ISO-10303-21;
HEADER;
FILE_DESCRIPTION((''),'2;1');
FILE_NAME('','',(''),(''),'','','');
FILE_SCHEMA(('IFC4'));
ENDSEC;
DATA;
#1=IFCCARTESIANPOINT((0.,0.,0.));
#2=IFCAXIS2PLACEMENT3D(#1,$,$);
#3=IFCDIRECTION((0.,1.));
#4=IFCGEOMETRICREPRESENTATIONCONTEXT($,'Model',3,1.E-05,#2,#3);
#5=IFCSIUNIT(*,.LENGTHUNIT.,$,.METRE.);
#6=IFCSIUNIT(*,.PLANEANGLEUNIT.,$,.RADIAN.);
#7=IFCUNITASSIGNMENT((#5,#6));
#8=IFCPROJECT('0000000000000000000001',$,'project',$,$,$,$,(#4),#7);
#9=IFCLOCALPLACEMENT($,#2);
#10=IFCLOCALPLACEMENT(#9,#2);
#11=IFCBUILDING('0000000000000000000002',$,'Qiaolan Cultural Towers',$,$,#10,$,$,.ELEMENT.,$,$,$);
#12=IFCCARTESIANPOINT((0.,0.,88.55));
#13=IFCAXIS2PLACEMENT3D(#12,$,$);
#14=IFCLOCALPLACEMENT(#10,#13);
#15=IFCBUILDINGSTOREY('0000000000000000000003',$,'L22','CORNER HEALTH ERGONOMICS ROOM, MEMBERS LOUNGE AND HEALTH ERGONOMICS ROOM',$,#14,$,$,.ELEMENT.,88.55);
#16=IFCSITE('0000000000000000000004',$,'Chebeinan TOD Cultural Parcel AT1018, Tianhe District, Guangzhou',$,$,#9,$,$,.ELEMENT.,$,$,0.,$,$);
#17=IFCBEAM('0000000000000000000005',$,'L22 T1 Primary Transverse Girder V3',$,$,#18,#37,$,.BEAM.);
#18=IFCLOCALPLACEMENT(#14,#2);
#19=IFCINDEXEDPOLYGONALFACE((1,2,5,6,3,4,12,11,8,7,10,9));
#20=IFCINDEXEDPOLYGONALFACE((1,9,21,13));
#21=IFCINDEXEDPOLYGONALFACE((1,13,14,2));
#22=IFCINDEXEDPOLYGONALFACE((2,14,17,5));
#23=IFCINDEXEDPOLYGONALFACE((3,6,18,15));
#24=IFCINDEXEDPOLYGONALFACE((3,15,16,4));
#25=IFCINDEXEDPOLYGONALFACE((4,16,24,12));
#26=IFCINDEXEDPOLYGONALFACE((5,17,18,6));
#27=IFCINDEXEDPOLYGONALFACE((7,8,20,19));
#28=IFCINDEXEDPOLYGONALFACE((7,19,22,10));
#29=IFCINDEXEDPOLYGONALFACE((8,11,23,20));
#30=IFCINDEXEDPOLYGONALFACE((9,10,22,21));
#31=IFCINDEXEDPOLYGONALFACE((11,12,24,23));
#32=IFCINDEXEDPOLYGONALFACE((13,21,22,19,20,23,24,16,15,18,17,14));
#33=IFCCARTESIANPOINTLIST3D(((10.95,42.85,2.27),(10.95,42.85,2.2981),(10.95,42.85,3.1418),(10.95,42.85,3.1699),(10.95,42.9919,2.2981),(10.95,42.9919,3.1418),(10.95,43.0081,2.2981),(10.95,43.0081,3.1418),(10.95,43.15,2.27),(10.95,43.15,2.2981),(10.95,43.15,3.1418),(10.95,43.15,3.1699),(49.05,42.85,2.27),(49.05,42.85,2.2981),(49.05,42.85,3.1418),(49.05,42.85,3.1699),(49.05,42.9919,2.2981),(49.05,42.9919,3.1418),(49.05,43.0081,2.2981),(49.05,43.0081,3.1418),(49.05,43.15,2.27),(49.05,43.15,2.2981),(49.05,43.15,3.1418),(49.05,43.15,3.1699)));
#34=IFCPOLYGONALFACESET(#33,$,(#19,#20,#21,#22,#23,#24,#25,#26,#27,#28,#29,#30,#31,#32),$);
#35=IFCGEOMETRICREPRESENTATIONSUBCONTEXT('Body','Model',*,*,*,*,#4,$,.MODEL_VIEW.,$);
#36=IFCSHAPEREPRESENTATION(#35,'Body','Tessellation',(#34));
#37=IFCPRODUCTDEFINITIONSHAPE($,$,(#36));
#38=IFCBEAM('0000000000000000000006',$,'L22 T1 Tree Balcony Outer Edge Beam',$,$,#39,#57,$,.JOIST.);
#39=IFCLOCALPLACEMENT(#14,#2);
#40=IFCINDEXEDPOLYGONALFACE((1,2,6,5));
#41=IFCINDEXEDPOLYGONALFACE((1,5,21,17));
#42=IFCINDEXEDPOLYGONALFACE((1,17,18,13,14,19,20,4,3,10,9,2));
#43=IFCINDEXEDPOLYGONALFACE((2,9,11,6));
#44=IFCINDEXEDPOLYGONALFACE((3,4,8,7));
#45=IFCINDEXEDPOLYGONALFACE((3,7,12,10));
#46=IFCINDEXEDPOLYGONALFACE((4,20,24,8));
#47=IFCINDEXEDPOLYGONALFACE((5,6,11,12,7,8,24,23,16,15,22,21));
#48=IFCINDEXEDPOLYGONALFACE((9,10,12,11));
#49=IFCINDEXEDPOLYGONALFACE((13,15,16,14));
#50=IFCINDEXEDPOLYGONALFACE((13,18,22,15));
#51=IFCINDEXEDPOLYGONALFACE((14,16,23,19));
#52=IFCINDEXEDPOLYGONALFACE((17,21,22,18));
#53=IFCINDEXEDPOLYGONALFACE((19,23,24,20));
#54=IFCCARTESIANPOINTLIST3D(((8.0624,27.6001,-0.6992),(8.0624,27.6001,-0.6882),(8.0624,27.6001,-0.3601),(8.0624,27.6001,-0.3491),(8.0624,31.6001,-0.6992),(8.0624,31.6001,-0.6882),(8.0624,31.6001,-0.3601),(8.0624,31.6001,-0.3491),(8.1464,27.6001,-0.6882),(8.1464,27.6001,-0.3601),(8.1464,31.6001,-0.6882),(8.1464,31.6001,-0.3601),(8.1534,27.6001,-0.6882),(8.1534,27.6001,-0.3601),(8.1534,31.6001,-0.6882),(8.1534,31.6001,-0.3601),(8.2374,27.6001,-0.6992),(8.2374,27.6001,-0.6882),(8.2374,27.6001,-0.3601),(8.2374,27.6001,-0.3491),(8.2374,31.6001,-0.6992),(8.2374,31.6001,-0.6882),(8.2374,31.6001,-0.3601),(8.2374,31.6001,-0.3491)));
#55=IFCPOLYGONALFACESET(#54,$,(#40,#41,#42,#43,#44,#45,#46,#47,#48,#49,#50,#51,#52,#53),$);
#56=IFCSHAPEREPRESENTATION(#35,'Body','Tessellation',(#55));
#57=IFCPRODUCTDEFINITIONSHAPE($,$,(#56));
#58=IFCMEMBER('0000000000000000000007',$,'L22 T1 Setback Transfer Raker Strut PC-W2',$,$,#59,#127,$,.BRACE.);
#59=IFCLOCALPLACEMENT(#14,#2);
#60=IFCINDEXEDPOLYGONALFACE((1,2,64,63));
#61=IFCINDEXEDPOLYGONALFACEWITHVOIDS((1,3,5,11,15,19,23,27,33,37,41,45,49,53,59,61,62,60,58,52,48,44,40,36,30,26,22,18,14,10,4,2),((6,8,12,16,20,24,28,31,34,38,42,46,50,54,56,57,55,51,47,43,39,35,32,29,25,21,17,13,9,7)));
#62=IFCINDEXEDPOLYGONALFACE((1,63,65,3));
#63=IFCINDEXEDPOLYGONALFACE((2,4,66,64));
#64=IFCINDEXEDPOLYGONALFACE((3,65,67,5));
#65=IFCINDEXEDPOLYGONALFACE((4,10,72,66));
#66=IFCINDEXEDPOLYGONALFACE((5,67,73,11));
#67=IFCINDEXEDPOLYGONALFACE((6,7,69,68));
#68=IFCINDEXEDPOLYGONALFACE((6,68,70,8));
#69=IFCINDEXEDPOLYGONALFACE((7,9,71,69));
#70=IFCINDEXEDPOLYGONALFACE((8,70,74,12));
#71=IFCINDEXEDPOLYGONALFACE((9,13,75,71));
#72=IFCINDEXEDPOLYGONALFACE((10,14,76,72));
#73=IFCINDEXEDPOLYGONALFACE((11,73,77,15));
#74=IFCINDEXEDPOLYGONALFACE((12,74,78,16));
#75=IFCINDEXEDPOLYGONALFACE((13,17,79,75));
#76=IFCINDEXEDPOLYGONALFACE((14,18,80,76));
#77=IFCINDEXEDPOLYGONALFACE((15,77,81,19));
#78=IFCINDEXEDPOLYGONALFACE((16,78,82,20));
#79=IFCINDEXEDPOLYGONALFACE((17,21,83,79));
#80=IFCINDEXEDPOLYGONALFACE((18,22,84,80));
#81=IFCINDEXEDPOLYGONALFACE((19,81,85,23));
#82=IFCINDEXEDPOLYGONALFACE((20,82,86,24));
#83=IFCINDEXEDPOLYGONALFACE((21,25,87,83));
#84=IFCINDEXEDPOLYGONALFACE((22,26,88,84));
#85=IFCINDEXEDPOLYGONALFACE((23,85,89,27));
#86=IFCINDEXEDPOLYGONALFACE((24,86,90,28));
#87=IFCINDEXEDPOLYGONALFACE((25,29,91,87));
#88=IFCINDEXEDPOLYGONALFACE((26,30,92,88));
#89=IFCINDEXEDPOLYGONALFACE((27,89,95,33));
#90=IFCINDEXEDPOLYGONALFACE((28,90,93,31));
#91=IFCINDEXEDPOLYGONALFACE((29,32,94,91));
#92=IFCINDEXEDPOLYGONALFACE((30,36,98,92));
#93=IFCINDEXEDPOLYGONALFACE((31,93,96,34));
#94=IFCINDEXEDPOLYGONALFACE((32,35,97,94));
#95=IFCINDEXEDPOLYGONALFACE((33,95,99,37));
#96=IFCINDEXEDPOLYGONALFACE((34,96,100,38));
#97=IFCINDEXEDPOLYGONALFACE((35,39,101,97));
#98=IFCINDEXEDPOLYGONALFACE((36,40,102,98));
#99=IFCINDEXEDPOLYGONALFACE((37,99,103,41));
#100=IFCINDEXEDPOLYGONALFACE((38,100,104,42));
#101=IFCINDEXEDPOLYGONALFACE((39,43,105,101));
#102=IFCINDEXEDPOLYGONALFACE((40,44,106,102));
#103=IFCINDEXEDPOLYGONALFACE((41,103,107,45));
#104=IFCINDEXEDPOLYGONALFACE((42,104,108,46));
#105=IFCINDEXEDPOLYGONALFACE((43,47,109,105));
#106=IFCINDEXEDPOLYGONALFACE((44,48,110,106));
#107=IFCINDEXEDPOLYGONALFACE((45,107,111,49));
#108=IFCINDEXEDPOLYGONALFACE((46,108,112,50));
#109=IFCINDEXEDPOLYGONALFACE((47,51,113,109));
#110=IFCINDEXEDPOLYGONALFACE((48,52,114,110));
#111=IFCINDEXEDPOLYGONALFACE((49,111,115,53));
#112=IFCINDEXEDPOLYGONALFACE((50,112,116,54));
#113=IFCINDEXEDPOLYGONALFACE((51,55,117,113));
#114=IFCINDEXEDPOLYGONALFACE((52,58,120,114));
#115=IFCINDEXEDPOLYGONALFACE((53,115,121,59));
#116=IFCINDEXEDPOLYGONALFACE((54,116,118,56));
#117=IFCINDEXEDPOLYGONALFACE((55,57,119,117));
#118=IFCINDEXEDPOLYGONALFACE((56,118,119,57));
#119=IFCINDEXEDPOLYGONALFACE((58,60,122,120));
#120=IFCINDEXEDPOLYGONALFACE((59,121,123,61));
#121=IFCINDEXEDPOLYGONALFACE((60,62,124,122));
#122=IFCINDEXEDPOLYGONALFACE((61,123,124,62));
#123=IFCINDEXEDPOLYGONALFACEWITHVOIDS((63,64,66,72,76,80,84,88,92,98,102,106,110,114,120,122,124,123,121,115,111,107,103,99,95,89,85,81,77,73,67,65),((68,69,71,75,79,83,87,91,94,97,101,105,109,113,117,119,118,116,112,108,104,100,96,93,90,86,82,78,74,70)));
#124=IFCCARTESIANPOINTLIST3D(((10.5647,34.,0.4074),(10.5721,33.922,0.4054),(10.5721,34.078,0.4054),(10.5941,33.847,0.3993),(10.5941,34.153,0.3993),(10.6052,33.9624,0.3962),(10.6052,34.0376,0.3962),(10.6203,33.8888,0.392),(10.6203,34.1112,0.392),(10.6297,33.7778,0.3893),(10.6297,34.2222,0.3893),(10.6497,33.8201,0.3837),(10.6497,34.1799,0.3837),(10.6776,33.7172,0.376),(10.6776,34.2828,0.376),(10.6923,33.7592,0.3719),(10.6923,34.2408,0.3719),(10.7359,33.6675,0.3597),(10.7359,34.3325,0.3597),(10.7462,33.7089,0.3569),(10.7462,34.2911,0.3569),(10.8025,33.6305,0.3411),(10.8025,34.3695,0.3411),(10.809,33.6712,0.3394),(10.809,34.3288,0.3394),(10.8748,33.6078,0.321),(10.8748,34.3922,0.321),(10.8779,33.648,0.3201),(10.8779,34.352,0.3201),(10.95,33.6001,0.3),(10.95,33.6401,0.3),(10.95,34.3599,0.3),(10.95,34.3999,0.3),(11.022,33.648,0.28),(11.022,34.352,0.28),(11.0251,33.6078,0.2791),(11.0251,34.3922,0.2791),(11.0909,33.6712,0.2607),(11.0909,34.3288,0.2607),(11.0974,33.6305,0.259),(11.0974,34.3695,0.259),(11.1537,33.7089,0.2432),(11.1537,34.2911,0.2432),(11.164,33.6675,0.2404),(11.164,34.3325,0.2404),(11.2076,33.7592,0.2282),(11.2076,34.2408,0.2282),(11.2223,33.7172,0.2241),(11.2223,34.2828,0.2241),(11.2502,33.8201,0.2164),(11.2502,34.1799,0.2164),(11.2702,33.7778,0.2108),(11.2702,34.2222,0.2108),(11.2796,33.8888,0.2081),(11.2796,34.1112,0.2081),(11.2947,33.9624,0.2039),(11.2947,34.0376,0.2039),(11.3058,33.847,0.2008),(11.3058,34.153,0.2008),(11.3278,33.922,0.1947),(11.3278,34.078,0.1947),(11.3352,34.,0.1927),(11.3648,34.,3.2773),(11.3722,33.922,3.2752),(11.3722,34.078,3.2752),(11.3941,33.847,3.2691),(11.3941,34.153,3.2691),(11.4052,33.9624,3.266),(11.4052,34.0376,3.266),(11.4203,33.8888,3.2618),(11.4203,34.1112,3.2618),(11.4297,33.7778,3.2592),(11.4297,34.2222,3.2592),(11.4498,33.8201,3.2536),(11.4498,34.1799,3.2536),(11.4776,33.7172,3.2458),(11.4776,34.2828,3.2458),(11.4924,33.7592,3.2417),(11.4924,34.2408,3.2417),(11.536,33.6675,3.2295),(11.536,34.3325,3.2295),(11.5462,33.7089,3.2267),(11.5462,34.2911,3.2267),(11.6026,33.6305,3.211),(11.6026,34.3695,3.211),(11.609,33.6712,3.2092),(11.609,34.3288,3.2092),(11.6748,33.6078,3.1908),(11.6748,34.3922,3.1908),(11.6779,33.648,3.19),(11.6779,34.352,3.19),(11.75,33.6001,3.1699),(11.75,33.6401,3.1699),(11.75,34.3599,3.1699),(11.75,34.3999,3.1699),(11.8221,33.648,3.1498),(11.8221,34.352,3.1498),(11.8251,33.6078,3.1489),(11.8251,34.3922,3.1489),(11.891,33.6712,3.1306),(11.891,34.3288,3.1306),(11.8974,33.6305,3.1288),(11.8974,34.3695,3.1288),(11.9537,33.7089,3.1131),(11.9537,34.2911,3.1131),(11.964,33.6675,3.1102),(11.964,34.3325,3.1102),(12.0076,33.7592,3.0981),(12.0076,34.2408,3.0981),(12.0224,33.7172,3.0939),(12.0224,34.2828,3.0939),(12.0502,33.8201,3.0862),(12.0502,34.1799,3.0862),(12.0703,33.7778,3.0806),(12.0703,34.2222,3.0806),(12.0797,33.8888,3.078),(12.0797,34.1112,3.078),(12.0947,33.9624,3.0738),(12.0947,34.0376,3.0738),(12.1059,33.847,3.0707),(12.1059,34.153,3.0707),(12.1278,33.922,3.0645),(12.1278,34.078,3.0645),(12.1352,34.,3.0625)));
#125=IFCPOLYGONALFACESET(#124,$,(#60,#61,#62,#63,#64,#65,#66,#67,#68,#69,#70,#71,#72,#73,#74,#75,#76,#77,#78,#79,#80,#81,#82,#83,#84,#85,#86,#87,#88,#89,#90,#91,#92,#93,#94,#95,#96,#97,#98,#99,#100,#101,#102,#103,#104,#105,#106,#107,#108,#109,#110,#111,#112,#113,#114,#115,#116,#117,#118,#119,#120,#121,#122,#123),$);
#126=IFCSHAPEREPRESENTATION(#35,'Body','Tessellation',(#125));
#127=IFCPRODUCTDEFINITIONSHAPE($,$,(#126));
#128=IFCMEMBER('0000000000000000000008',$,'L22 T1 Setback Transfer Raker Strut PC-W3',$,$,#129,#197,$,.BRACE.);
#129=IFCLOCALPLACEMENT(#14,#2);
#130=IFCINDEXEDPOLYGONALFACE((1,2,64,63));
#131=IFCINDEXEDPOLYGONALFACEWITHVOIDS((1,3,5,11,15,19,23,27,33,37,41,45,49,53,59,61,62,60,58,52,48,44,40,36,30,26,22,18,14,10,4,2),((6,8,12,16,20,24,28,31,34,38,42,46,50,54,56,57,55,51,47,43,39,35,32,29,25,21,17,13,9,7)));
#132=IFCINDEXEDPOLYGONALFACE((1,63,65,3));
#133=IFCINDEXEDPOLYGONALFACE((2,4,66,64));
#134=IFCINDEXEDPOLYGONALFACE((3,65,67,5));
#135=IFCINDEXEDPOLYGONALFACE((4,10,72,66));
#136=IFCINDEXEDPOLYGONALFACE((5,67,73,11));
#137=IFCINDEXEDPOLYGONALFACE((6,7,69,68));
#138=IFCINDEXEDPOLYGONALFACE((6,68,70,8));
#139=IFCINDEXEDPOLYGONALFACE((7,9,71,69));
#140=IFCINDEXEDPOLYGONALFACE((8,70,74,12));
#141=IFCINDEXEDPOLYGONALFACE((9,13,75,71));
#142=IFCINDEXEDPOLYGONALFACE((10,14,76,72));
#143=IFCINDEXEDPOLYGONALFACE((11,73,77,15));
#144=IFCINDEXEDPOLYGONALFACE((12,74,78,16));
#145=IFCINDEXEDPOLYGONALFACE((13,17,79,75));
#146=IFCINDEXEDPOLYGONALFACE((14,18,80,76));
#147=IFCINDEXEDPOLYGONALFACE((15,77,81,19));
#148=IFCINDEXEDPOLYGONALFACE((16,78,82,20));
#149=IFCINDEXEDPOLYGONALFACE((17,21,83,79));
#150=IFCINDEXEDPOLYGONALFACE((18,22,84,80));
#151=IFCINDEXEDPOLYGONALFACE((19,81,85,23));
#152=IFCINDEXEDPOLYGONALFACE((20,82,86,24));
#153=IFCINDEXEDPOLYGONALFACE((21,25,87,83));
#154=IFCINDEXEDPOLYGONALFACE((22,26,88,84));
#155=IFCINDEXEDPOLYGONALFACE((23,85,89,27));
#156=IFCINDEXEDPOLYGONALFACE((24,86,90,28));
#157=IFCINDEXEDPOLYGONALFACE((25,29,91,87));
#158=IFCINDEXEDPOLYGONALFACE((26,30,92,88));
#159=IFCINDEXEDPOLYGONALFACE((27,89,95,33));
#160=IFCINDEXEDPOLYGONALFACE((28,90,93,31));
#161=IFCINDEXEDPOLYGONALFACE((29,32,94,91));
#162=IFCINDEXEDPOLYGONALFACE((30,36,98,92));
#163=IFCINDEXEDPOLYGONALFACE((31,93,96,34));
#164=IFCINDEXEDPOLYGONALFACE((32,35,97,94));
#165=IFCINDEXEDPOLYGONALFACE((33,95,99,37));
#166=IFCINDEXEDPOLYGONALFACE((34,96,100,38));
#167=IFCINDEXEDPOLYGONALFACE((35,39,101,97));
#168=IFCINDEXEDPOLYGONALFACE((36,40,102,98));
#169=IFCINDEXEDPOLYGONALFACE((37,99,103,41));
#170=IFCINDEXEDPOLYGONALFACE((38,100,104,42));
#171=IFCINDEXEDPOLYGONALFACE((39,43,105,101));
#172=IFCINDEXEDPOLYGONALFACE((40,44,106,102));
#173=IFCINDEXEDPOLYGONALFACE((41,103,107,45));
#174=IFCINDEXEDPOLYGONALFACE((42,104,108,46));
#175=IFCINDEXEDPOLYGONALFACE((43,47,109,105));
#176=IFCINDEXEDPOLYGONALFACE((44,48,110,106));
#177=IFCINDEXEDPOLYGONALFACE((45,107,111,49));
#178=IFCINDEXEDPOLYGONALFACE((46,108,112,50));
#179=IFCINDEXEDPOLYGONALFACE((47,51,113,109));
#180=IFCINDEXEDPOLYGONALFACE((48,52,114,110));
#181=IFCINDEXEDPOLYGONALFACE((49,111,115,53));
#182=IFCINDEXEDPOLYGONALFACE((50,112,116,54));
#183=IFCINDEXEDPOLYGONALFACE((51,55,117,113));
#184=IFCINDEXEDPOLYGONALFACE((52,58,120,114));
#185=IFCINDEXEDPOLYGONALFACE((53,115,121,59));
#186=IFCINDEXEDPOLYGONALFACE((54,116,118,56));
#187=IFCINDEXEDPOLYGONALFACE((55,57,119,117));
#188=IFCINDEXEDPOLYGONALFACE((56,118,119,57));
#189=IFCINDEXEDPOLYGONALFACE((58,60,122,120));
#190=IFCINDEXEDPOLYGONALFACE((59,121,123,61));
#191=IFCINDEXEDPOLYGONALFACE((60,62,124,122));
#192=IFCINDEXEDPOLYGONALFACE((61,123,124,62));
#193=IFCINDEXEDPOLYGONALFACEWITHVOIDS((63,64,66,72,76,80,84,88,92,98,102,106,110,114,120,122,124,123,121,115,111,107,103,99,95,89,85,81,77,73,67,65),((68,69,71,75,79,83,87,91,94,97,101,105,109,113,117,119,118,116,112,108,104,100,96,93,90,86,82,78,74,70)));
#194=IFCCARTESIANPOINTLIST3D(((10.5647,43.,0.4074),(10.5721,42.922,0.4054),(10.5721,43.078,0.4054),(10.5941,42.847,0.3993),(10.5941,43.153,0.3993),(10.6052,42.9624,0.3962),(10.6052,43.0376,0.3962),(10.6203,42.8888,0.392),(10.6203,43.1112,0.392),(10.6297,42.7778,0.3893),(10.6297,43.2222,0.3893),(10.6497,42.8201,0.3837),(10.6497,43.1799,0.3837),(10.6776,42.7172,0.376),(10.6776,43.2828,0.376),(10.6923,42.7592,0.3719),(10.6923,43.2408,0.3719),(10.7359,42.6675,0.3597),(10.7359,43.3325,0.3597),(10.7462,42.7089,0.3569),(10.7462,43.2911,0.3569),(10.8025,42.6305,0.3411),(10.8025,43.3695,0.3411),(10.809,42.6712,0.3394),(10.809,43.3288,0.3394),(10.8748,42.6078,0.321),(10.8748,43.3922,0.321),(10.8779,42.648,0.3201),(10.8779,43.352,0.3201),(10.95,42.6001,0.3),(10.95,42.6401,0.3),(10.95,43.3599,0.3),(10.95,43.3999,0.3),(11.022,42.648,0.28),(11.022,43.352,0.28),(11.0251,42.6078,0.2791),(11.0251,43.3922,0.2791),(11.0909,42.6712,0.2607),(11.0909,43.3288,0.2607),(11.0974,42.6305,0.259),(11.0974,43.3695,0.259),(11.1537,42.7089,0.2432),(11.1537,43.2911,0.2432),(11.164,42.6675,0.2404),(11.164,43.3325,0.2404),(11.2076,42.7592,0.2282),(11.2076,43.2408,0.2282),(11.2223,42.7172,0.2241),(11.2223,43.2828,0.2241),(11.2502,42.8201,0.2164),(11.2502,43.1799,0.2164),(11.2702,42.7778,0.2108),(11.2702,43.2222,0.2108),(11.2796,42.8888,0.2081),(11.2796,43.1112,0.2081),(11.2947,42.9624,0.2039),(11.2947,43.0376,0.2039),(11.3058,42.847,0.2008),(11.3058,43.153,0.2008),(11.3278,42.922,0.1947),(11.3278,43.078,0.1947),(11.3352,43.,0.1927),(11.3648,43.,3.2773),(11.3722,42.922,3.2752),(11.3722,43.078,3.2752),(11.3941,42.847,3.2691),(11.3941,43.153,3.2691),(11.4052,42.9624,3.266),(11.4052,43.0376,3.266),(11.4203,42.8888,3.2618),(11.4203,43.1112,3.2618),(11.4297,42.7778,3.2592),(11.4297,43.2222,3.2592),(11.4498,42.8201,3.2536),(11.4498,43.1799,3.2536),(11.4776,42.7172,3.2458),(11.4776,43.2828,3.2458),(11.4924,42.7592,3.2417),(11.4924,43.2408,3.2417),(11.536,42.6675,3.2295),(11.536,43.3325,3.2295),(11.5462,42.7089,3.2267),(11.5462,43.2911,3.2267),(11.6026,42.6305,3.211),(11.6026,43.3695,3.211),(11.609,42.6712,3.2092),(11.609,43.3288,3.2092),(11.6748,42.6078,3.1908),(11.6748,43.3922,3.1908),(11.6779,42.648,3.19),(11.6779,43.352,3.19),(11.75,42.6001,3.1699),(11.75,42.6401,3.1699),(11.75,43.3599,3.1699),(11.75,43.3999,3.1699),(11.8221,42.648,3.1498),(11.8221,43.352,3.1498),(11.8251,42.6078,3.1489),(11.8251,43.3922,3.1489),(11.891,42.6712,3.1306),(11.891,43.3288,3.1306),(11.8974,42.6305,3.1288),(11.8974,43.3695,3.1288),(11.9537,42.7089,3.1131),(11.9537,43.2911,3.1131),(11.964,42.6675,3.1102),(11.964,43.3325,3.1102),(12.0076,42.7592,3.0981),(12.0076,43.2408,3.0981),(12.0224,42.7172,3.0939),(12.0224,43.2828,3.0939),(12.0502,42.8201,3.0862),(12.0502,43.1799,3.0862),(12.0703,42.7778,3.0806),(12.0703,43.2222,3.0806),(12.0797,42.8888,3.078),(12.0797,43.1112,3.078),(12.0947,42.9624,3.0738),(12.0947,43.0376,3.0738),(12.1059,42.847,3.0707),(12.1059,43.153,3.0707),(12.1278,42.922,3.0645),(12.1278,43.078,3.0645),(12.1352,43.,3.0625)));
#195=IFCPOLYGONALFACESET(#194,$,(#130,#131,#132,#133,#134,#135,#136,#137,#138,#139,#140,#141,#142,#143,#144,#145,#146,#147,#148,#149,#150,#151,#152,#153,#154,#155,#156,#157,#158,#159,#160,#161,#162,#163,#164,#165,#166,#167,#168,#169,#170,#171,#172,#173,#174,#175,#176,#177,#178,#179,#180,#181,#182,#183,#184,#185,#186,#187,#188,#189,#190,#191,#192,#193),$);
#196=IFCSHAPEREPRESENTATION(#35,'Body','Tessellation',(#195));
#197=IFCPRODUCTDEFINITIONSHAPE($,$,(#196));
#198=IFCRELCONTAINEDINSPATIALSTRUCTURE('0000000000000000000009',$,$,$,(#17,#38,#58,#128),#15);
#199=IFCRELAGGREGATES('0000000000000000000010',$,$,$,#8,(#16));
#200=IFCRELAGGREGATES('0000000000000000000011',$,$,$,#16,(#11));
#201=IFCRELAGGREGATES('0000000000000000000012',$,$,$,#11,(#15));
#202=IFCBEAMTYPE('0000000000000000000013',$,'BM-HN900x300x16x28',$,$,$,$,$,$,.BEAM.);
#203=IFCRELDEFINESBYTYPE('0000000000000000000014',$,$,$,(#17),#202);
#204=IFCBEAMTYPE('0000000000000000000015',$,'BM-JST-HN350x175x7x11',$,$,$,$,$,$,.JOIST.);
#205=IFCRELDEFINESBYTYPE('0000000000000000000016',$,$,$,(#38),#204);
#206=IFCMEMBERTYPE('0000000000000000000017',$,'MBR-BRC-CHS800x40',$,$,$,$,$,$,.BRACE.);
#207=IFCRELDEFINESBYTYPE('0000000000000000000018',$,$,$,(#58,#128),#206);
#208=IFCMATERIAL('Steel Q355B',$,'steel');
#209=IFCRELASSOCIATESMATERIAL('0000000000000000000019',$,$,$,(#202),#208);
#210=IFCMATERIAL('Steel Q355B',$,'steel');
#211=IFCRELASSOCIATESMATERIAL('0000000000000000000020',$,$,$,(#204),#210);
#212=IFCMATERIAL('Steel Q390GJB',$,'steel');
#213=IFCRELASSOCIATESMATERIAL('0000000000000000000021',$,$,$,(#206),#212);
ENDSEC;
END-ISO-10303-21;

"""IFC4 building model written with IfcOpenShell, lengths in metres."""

from ifc_helpers import new_model, si_unit, direction, frame, origin, origin_2d, place, context, subcontext, project, spatial, hollow_circle, i_section, extrude, material, material_profile, profile_set, type_object, element, save


model = new_model("IFC4")

# Units and contexts
model_context = context("Model", 3, precision=1e-05, world=origin(), true_north=direction((0.0, 1.0)))
body_context = subcontext(model_context, "Body", "Model", "MODEL_VIEW")
ifc_project = project(units=[si_unit("LENGTHUNIT", "METRE"), si_unit("PLANEANGLEUNIT", "RADIAN")], contexts=[model_context])

# Site, building, storey
site_placement = place(None, origin())
site = spatial("IfcSite", under=ifc_project, at=site_placement, Name="Chebeinan TOD Cultural Parcel AT1018, Tianhe District, Guangzhou", CompositionType="ELEMENT", RefElevation=0.0)
building_placement = place(site_placement, origin())
building = spatial("IfcBuilding", under=site, at=building_placement, Name="Qiaolan Cultural Towers", CompositionType="ELEMENT")
storey_placement = place(building_placement, frame((0.0, 0.0, 88.55)))
storey = spatial("IfcBuildingStorey", under=building, at=storey_placement, Name="L22", Description="CORNER HEALTH ERGONOMICS ROOM, MEMBERS LOUNGE AND HEALTH ERGONOMICS ROOM", CompositionType="ELEMENT", Elevation=88.55)

# Beams
ifc_material_1 = material(Name="Steel Q355B", Category="steel")
ifc_material_profile_1 = material_profile(ifc_material_1, i_section(OverallWidth=0.3, OverallDepth=0.8999, WebThickness=0.0161, FlangeThickness=0.0281, at=origin_2d()), Name="HN900x300x16x28")
ifc_profile_set_1 = profile_set([ifc_material_profile_1], Name="Steel Q355B")
beam_type_1 = type_object("IfcBeamType", Name="BM-HN900x300x16x28", PredefinedType="BEAM", material=ifc_profile_set_1)
for number, where, z_axis, x_axis, name in (
    (1, (10.95, 43.0, 2.72), (1.0, 0.0, 0.0), (0.0, 1.0, 0.0), "L22 T1 Primary Transverse Girder V3"),
):
    element("IfcBeam", number, at=place(storey_placement, frame(where, z_axis=z_axis, x_axis=x_axis)), inside=storey, type_object=beam_type_1, Name=name, PredefinedType="BEAM", context=body_context, shape_type="SweptSolid", body=[
        extrude(i_section(OverallWidth=0.3, OverallDepth=0.8999, WebThickness=0.0161, FlangeThickness=0.0281, at=origin_2d()), origin(), (0.0, 0.0, 1.0), 38.1001),
    ])
ifc_material_2 = material(Name="Steel Q355B", Category="steel")
ifc_material_profile_2 = material_profile(ifc_material_2, i_section(OverallWidth=0.175, OverallDepth=0.3501, WebThickness=0.0071, FlangeThickness=0.011, at=origin_2d()), Name="HN350x175x7x11")
ifc_profile_set_2 = profile_set([ifc_material_profile_2], Name="Steel Q355B")
beam_type_2 = type_object("IfcBeamType", Name="BM-JST-HN350x175x7x11", PredefinedType="JOIST", material=ifc_profile_set_2)
beam_1_placement = place(storey_placement, frame((8.1499, 27.6001, -0.5242), z_axis=(0.0, 1.0, 0.0), x_axis=(-1.0, 0.0, 0.0)))
element("IfcBeam", 2, at=beam_1_placement, inside=storey, type_object=beam_type_2, Name="L22 T1 Tree Balcony Outer Edge Beam", PredefinedType="JOIST", context=body_context, shape_type="SweptSolid", body=[
    extrude(i_section(OverallWidth=0.175, OverallDepth=0.3501, WebThickness=0.0071, FlangeThickness=0.011, at=origin_2d()), origin(), (0.0, 0.0, 1.0), 4.0),
])

# Members
ifc_material_3 = material(Name="Steel Q390GJB", Category="steel")
ifc_material_profile_3 = material_profile(ifc_material_3, hollow_circle(Radius=0.3999, WallThickness=0.04, at=origin_2d()), Name="CHS800x40")
ifc_profile_set_3 = profile_set([ifc_material_profile_3], Name="Steel Q390GJB")
member_type = type_object("IfcMemberType", Name="MBR-BRC-CHS800x40", PredefinedType="BRACE", material=ifc_profile_set_3)
for number, where, z_axis, x_axis, name in (
    (3, (10.95, 34.0, 0.3), (0.268536, 0.0, 0.96327), (0.0, 1.0, 0.0), "L22 T1 Setback Transfer Raker Strut PC-W2"),
    (4, (10.95, 43.0, 0.3), (0.268536, 0.0, 0.96327), (0.0, 1.0, 0.0), "L22 T1 Setback Transfer Raker Strut PC-W3"),
):
    element("IfcMember", number, at=place(storey_placement, frame(where, z_axis=z_axis, x_axis=x_axis)), inside=storey, type_object=member_type, Name=name, PredefinedType="BRACE", context=body_context, shape_type="SweptSolid", body=[
        extrude(hollow_circle(Radius=0.3999, WallThickness=0.04, at=origin_2d()), origin(), (0.0, 0.0, 1.0), 2.9792),
    ])

save(model, "model.ifc")
